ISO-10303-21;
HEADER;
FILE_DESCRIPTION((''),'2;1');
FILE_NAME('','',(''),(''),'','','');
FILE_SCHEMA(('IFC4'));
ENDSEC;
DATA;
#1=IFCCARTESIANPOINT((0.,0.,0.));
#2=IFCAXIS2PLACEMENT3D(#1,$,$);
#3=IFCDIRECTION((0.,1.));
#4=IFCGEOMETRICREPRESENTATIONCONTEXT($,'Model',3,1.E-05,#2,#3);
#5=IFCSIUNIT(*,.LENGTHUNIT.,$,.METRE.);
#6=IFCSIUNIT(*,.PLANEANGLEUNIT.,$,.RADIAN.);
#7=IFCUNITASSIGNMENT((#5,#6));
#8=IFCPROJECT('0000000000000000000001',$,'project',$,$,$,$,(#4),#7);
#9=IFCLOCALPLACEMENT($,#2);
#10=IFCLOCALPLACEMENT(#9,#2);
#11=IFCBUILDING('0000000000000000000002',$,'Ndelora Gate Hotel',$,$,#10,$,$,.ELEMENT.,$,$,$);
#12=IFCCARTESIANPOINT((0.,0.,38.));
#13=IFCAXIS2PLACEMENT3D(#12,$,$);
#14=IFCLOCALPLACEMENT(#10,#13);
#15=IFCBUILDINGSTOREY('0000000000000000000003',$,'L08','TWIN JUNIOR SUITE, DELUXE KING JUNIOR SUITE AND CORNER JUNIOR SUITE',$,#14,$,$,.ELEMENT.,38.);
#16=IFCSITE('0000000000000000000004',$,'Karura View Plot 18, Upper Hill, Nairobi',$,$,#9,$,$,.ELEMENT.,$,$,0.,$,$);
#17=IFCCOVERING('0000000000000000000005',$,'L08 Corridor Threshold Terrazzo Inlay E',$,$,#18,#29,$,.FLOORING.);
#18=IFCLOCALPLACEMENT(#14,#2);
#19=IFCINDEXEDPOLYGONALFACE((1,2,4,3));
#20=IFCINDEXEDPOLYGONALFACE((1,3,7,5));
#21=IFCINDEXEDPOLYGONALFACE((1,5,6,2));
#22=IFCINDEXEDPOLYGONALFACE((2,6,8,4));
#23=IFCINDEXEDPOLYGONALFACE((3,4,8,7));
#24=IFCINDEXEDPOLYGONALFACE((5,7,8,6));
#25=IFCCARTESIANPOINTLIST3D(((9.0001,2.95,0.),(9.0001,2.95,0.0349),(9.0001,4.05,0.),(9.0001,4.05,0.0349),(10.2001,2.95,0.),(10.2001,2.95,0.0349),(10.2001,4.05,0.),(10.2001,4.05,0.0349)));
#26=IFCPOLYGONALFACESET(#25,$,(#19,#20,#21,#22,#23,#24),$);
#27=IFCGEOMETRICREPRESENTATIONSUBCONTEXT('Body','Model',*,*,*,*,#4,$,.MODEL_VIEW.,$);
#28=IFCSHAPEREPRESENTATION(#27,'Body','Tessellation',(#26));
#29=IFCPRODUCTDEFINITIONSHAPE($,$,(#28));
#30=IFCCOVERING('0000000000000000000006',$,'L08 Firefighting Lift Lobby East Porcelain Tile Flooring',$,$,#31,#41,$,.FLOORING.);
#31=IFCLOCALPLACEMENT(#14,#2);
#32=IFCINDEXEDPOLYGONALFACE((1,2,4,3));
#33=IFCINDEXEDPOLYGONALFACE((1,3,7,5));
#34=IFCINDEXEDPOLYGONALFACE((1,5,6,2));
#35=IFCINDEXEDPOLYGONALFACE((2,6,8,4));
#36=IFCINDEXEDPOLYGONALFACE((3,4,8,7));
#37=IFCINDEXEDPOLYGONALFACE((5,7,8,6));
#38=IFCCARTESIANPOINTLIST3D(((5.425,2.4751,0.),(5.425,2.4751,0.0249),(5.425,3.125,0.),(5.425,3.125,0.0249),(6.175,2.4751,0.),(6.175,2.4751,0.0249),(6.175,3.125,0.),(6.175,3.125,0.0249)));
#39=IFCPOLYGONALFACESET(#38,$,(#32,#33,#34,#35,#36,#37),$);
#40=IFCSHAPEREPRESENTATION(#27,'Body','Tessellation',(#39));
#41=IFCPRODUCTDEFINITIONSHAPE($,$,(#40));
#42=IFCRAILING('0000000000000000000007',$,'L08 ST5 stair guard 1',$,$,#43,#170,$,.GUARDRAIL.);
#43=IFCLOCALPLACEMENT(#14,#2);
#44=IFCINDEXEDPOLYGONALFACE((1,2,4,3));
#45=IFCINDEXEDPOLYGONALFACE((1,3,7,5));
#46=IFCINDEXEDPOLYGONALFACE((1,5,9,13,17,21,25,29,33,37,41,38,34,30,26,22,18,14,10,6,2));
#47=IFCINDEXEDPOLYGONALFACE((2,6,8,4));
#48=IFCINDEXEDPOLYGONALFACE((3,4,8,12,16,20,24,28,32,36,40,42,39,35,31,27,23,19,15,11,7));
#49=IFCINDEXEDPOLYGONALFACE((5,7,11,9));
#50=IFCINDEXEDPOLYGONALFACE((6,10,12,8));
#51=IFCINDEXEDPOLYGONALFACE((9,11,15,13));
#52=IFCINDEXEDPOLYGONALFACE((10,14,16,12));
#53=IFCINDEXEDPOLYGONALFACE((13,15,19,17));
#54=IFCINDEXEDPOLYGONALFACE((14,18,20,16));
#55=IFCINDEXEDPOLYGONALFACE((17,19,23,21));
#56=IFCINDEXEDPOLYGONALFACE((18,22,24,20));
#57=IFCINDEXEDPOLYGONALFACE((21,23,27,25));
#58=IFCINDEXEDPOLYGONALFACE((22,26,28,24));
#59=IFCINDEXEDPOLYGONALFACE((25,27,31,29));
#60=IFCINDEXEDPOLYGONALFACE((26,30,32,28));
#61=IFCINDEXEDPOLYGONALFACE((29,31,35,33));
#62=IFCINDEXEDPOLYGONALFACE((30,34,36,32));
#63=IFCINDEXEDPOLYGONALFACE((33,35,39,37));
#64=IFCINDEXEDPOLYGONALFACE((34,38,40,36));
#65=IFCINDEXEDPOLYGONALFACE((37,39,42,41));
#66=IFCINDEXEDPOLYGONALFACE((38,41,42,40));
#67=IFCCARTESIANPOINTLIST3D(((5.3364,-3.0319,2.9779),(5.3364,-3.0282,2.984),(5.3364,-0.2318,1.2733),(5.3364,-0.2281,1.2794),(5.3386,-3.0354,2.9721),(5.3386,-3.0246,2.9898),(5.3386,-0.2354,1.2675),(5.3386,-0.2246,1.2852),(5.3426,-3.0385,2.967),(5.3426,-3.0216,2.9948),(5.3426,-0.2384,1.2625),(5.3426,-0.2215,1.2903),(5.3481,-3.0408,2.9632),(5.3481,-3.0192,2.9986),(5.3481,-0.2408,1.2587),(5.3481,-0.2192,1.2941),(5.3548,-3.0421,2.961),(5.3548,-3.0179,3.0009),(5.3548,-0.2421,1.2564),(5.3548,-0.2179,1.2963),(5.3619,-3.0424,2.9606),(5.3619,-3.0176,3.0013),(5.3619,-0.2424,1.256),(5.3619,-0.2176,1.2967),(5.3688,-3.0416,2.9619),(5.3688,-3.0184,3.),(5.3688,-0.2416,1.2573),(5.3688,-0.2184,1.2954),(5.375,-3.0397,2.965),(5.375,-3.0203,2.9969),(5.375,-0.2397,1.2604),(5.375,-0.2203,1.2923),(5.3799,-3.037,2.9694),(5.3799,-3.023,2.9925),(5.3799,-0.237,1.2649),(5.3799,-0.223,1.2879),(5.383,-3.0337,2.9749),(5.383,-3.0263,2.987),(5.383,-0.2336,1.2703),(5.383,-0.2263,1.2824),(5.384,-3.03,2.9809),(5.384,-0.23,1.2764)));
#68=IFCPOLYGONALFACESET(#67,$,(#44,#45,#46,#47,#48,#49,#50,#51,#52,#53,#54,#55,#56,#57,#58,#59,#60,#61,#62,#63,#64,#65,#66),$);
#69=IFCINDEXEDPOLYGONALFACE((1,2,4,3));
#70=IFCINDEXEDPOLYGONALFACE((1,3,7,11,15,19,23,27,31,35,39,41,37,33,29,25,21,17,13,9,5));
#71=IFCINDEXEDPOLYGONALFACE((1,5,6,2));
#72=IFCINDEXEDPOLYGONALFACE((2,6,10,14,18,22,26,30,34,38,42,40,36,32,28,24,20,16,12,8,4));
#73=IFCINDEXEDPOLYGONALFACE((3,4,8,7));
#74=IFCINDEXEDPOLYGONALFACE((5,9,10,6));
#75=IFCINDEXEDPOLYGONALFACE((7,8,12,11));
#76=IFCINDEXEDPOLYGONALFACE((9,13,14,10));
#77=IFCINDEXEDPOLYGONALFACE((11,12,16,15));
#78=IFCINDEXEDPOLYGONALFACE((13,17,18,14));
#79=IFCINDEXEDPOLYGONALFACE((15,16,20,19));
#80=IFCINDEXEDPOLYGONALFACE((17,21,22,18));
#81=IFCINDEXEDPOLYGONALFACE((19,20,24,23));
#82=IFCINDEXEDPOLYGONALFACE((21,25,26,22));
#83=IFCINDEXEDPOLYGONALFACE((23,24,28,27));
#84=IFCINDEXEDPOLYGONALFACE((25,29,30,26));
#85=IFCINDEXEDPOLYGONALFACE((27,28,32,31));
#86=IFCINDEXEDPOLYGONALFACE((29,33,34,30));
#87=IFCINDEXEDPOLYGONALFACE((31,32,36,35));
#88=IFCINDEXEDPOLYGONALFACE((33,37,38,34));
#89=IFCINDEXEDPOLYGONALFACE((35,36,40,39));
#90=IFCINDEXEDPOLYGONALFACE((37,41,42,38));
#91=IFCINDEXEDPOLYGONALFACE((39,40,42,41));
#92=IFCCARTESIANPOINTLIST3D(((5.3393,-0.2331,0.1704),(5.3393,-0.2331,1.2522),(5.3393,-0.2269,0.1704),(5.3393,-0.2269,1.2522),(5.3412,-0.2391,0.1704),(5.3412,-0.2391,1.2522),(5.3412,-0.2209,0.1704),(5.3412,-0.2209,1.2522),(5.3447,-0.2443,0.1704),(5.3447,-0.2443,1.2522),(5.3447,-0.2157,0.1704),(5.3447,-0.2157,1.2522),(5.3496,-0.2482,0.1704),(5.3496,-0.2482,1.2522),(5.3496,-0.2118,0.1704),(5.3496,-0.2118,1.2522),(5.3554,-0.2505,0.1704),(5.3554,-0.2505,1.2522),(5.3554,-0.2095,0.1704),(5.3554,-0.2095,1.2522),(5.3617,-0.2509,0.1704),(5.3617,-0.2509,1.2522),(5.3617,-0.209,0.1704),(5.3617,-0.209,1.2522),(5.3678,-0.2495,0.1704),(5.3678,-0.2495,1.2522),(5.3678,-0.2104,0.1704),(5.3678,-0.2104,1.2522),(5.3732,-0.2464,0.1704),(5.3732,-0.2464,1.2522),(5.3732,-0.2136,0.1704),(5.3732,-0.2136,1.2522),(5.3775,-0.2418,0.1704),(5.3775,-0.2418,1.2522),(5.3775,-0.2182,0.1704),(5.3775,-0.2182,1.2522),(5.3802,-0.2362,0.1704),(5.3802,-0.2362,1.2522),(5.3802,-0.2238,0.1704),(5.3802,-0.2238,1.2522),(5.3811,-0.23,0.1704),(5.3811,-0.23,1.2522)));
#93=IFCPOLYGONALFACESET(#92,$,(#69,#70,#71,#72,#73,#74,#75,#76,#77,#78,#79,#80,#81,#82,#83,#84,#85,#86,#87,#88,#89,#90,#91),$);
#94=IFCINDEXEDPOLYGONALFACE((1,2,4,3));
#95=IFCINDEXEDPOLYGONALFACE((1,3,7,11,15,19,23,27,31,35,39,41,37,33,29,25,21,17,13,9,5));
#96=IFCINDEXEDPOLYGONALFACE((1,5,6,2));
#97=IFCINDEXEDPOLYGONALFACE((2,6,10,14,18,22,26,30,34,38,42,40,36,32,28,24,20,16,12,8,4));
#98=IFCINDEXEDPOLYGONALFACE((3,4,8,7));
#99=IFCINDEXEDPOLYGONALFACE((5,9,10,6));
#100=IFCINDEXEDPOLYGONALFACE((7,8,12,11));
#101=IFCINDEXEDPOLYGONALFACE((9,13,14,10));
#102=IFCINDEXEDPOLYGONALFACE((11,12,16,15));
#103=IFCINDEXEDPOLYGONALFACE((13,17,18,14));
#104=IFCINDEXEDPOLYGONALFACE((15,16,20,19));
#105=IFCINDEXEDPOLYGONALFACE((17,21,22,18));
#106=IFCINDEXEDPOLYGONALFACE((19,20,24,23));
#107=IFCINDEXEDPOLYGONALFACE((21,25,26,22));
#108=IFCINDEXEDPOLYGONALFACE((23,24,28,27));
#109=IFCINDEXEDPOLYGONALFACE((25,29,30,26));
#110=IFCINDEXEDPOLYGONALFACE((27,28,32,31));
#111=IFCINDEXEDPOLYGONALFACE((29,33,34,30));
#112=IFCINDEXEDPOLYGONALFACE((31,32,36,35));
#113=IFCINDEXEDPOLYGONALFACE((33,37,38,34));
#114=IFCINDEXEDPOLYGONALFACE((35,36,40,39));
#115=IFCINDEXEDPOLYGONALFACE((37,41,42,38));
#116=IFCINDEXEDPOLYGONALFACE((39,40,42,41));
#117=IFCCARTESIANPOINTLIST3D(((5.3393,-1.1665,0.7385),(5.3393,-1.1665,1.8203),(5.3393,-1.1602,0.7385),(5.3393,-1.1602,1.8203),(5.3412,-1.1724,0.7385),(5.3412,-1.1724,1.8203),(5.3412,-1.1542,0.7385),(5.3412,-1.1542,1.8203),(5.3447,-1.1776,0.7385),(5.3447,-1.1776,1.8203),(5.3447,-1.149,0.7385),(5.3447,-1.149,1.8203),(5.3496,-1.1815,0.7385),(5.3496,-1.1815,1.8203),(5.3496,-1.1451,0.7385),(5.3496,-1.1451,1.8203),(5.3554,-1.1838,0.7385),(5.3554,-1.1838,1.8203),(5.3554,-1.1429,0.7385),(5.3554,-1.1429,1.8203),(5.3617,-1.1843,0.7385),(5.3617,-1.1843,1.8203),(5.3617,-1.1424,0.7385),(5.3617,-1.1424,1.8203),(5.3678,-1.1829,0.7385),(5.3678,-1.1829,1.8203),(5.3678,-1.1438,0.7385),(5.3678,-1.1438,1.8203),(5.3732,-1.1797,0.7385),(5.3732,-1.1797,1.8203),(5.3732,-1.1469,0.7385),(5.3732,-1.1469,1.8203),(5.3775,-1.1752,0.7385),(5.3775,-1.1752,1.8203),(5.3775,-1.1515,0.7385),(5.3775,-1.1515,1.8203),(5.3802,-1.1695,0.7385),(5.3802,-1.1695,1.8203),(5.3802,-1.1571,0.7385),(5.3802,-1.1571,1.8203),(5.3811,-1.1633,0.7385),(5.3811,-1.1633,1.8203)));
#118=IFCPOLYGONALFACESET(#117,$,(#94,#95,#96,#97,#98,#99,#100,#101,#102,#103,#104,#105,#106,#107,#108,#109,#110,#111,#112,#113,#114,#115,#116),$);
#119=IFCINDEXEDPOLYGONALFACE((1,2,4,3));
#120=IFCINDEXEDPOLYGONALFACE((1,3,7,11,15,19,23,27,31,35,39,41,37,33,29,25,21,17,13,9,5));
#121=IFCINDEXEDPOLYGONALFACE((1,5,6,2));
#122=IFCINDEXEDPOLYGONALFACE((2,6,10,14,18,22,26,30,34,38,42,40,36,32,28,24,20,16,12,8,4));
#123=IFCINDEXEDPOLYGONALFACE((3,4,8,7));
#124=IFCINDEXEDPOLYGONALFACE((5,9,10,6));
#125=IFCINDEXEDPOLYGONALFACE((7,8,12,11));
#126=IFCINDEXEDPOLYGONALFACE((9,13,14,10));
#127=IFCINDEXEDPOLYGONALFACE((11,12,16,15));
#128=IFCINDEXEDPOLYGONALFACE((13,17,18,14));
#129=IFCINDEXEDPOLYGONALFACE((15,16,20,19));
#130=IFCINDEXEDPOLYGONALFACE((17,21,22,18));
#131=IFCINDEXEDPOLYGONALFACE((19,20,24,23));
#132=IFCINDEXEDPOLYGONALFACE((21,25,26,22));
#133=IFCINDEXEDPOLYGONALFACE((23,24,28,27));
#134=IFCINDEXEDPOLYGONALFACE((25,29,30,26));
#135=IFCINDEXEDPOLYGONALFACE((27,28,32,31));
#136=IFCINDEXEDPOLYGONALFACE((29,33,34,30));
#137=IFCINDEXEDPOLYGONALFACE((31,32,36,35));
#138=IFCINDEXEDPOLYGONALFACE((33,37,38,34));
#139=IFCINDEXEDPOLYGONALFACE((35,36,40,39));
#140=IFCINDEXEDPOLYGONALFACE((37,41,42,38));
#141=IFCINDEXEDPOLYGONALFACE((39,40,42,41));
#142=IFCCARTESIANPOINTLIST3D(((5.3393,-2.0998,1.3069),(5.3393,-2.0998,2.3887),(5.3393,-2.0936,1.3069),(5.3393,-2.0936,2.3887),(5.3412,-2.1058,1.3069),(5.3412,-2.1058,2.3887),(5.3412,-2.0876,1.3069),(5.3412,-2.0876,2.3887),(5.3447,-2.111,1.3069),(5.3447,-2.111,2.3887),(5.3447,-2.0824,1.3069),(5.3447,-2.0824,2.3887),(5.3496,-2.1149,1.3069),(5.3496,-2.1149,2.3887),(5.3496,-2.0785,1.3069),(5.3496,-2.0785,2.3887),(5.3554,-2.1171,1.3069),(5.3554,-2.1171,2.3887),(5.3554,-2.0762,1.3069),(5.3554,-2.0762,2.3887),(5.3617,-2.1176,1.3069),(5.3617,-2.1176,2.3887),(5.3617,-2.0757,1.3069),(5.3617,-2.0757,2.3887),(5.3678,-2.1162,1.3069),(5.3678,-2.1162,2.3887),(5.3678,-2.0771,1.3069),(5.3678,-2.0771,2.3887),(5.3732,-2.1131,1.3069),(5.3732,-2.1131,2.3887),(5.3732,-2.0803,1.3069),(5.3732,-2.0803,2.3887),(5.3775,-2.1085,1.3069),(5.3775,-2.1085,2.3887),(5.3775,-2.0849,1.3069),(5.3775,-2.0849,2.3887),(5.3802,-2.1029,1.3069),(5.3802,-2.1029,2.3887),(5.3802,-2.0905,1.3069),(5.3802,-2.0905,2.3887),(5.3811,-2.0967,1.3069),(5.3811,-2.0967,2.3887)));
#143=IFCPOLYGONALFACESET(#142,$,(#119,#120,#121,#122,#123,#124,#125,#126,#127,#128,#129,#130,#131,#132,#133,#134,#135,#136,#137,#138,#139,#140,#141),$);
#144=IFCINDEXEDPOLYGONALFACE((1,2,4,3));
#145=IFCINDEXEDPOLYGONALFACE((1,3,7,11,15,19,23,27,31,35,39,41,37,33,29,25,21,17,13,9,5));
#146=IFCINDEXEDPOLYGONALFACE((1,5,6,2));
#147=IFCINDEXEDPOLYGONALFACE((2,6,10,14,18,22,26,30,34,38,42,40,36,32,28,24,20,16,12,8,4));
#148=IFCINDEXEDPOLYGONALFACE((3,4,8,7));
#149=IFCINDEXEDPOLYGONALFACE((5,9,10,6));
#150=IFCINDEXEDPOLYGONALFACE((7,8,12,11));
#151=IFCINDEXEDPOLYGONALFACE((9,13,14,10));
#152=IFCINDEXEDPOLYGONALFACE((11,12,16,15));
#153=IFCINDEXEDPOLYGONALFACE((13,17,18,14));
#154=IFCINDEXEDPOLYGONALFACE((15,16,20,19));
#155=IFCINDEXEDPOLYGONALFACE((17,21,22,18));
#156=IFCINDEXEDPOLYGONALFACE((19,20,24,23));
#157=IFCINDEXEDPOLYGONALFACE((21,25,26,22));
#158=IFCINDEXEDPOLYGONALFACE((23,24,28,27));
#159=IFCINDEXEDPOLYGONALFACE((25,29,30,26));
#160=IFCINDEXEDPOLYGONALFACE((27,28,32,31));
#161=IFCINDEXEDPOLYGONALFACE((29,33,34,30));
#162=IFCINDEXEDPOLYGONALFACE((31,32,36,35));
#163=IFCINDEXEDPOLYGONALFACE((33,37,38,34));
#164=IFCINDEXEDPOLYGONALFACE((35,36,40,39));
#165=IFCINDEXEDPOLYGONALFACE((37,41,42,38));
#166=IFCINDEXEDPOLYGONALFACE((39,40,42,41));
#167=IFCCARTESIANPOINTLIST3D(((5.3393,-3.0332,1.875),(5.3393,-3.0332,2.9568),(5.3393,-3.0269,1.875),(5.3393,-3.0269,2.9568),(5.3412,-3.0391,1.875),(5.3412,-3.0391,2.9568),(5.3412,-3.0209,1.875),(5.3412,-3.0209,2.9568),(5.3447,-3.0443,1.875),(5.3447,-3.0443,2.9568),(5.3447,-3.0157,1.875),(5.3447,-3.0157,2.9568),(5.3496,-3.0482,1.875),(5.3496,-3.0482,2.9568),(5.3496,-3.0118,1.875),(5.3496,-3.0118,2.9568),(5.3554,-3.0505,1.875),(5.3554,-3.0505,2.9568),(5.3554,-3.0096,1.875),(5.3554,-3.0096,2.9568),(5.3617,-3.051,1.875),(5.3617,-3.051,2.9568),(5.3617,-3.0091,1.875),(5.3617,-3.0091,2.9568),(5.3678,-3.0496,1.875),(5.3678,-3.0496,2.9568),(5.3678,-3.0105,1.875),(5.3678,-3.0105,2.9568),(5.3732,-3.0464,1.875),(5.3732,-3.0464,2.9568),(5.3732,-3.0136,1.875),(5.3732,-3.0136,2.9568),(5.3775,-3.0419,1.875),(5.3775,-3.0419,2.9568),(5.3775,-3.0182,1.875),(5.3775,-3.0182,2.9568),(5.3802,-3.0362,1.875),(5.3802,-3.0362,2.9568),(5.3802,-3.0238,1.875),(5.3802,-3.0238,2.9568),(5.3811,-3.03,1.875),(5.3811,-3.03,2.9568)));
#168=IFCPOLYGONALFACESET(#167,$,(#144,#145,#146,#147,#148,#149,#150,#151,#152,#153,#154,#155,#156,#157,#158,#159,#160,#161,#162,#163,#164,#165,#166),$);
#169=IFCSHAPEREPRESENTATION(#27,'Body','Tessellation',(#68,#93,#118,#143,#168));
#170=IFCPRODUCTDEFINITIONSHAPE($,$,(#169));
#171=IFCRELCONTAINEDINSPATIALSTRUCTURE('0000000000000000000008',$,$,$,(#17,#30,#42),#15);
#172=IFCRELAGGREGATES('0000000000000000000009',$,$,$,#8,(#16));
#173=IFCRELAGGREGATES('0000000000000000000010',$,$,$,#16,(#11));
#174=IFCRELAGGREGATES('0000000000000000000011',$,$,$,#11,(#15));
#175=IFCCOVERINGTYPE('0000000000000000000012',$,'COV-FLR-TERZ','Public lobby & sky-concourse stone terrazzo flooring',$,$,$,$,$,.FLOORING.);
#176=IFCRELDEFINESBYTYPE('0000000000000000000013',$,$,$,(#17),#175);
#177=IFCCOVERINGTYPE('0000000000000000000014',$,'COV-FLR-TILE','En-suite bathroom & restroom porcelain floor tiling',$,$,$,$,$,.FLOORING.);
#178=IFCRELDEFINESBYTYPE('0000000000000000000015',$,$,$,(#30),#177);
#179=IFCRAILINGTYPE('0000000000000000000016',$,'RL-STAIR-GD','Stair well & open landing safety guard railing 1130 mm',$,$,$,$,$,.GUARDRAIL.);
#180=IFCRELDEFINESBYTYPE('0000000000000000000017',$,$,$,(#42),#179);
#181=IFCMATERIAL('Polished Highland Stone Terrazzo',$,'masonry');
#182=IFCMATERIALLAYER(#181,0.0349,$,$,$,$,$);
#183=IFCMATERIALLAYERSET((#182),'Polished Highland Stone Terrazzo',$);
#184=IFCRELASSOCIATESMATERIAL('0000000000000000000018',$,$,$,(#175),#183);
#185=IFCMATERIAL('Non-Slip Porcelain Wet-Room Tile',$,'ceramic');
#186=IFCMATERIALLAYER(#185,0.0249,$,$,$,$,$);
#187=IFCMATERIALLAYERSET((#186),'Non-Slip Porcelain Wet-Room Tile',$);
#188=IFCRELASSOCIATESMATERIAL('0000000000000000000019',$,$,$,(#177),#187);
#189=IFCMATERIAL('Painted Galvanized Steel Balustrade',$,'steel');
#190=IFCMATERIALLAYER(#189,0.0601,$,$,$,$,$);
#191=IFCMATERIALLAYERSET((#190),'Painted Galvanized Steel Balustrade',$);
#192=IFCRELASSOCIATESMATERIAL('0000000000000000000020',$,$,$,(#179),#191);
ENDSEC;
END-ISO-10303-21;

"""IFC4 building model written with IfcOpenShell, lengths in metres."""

from ifc_helpers import new_model, si_unit, direction, frame, origin, origin_2d, place, context, subcontext, project, spatial, rectangle, circle, extrude, material, layer, layer_set, type_object, element, save


model = new_model("IFC4")

# Units and contexts
model_context = context("Model", 3, precision=1e-05, world=origin(), true_north=direction((0.0, 1.0)))
body_context = subcontext(model_context, "Body", "Model", "MODEL_VIEW")
ifc_project = project(units=[si_unit("LENGTHUNIT", "METRE"), si_unit("PLANEANGLEUNIT", "RADIAN")], contexts=[model_context])

# Site, building, storey
site_placement = place(None, origin())
site = spatial("IfcSite", under=ifc_project, at=site_placement, Name="Karura View Plot 18, Upper Hill, Nairobi", CompositionType="ELEMENT", RefElevation=0.0)
building_placement = place(site_placement, origin())
building = spatial("IfcBuilding", under=site, at=building_placement, Name="Ndelora Gate Hotel", CompositionType="ELEMENT")
storey_placement = place(building_placement, frame((0.0, 0.0, 38.0)))
storey = spatial("IfcBuildingStorey", under=building, at=storey_placement, Name="L08", Description="TWIN JUNIOR SUITE, DELUXE KING JUNIOR SUITE AND CORNER JUNIOR SUITE", CompositionType="ELEMENT", Elevation=38.0)

# Coverings
ifc_material_1 = material(Name="Polished Highland Stone Terrazzo", Category="masonry")
ifc_layer_1 = layer(ifc_material_1, 0.0349)
ifc_layer_set_1 = layer_set([ifc_layer_1], Name="Polished Highland Stone Terrazzo")
covering_type_1 = type_object("IfcCoveringType", Name="COV-FLR-TERZ", Description="Public lobby & sky-concourse stone terrazzo flooring", PredefinedType="FLOORING", material=ifc_layer_set_1)
covering_1_placement = place(storey_placement, frame((9.6001, 3.5, 0.0), z_axis=(0.0, 0.0, 1.0), x_axis=(1.0, 0.0, 0.0)))
element("IfcCovering", 1, at=covering_1_placement, inside=storey, type_object=covering_type_1, Name="L08 Corridor Threshold Terrazzo Inlay E", PredefinedType="FLOORING", context=body_context, shape_type="SweptSolid", body=[
    extrude(rectangle(XDim=1.2, YDim=1.1001, at=origin_2d()), origin(), (0.0, 0.0, 1.0), 0.0349),
])
ifc_material_2 = material(Name="Non-Slip Porcelain Wet-Room Tile", Category="ceramic")
ifc_layer_2 = layer(ifc_material_2, 0.0249)
ifc_layer_set_2 = layer_set([ifc_layer_2], Name="Non-Slip Porcelain Wet-Room Tile")
covering_type_2 = type_object("IfcCoveringType", Name="COV-FLR-TILE", Description="En-suite bathroom & restroom porcelain floor tiling", PredefinedType="FLOORING", material=ifc_layer_set_2)
covering_2_placement = place(storey_placement, frame((5.8, 2.8, 0.0), z_axis=(0.0, 0.0, 1.0), x_axis=(1.0, 0.0, 0.0)))
element("IfcCovering", 2, at=covering_2_placement, inside=storey, type_object=covering_type_2, Name="L08 Firefighting Lift Lobby East Porcelain Tile Flooring", PredefinedType="FLOORING", context=body_context, shape_type="SweptSolid", body=[
    extrude(rectangle(XDim=0.75, YDim=0.6499, at=origin_2d()), origin(), (0.0, 0.0, 1.0), 0.0249),
])

# Railing
ifc_material_3 = material(Name="Painted Galvanized Steel Balustrade", Category="steel")
ifc_layer_3 = layer(ifc_material_3, 0.0601)
ifc_layer_set_3 = layer_set([ifc_layer_3], Name="Painted Galvanized Steel Balustrade")
railing_type = type_object("IfcRailingType", Name="RL-STAIR-GD", Description="Stair well & open landing safety guard railing 1130 mm", PredefinedType="GUARDRAIL", material=ifc_layer_set_3)
railing_1_placement = place(storey_placement, frame((5.3601, -0.23, 0.1704)))
element("IfcRailing", 3, at=railing_1_placement, inside=storey, type_object=railing_type, Name="L08 ST5 stair guard 1", PredefinedType="GUARDRAIL", context=body_context, shape_type="SweptSolid", body=[
    extrude(circle(Radius=0.0239, at=origin_2d()), frame((0.0, 0.0, 1.106), z_axis=(0.0, -0.85417, 0.519994), x_axis=(1.0, 0.0, 0.0)), (0.0, 0.0, 1.0), 3.2781),
    extrude(circle(Radius=0.021, at=origin_2d()), origin(), (0.0, 0.0, 1.0), 1.0818),
    extrude(circle(Radius=0.021, at=origin_2d()), frame((0.0, -0.9333, 0.5681)), (0.0, 0.0, 1.0), 1.0818),
    extrude(circle(Radius=0.021, at=origin_2d()), frame((0.0, -1.8667, 1.1365)), (0.0, 0.0, 1.0), 1.0818),
    extrude(circle(Radius=0.021, at=origin_2d()), frame((0.0, -2.8, 1.7046)), (0.0, 0.0, 1.0), 1.0818),
])

save(model, "model.ifc")
